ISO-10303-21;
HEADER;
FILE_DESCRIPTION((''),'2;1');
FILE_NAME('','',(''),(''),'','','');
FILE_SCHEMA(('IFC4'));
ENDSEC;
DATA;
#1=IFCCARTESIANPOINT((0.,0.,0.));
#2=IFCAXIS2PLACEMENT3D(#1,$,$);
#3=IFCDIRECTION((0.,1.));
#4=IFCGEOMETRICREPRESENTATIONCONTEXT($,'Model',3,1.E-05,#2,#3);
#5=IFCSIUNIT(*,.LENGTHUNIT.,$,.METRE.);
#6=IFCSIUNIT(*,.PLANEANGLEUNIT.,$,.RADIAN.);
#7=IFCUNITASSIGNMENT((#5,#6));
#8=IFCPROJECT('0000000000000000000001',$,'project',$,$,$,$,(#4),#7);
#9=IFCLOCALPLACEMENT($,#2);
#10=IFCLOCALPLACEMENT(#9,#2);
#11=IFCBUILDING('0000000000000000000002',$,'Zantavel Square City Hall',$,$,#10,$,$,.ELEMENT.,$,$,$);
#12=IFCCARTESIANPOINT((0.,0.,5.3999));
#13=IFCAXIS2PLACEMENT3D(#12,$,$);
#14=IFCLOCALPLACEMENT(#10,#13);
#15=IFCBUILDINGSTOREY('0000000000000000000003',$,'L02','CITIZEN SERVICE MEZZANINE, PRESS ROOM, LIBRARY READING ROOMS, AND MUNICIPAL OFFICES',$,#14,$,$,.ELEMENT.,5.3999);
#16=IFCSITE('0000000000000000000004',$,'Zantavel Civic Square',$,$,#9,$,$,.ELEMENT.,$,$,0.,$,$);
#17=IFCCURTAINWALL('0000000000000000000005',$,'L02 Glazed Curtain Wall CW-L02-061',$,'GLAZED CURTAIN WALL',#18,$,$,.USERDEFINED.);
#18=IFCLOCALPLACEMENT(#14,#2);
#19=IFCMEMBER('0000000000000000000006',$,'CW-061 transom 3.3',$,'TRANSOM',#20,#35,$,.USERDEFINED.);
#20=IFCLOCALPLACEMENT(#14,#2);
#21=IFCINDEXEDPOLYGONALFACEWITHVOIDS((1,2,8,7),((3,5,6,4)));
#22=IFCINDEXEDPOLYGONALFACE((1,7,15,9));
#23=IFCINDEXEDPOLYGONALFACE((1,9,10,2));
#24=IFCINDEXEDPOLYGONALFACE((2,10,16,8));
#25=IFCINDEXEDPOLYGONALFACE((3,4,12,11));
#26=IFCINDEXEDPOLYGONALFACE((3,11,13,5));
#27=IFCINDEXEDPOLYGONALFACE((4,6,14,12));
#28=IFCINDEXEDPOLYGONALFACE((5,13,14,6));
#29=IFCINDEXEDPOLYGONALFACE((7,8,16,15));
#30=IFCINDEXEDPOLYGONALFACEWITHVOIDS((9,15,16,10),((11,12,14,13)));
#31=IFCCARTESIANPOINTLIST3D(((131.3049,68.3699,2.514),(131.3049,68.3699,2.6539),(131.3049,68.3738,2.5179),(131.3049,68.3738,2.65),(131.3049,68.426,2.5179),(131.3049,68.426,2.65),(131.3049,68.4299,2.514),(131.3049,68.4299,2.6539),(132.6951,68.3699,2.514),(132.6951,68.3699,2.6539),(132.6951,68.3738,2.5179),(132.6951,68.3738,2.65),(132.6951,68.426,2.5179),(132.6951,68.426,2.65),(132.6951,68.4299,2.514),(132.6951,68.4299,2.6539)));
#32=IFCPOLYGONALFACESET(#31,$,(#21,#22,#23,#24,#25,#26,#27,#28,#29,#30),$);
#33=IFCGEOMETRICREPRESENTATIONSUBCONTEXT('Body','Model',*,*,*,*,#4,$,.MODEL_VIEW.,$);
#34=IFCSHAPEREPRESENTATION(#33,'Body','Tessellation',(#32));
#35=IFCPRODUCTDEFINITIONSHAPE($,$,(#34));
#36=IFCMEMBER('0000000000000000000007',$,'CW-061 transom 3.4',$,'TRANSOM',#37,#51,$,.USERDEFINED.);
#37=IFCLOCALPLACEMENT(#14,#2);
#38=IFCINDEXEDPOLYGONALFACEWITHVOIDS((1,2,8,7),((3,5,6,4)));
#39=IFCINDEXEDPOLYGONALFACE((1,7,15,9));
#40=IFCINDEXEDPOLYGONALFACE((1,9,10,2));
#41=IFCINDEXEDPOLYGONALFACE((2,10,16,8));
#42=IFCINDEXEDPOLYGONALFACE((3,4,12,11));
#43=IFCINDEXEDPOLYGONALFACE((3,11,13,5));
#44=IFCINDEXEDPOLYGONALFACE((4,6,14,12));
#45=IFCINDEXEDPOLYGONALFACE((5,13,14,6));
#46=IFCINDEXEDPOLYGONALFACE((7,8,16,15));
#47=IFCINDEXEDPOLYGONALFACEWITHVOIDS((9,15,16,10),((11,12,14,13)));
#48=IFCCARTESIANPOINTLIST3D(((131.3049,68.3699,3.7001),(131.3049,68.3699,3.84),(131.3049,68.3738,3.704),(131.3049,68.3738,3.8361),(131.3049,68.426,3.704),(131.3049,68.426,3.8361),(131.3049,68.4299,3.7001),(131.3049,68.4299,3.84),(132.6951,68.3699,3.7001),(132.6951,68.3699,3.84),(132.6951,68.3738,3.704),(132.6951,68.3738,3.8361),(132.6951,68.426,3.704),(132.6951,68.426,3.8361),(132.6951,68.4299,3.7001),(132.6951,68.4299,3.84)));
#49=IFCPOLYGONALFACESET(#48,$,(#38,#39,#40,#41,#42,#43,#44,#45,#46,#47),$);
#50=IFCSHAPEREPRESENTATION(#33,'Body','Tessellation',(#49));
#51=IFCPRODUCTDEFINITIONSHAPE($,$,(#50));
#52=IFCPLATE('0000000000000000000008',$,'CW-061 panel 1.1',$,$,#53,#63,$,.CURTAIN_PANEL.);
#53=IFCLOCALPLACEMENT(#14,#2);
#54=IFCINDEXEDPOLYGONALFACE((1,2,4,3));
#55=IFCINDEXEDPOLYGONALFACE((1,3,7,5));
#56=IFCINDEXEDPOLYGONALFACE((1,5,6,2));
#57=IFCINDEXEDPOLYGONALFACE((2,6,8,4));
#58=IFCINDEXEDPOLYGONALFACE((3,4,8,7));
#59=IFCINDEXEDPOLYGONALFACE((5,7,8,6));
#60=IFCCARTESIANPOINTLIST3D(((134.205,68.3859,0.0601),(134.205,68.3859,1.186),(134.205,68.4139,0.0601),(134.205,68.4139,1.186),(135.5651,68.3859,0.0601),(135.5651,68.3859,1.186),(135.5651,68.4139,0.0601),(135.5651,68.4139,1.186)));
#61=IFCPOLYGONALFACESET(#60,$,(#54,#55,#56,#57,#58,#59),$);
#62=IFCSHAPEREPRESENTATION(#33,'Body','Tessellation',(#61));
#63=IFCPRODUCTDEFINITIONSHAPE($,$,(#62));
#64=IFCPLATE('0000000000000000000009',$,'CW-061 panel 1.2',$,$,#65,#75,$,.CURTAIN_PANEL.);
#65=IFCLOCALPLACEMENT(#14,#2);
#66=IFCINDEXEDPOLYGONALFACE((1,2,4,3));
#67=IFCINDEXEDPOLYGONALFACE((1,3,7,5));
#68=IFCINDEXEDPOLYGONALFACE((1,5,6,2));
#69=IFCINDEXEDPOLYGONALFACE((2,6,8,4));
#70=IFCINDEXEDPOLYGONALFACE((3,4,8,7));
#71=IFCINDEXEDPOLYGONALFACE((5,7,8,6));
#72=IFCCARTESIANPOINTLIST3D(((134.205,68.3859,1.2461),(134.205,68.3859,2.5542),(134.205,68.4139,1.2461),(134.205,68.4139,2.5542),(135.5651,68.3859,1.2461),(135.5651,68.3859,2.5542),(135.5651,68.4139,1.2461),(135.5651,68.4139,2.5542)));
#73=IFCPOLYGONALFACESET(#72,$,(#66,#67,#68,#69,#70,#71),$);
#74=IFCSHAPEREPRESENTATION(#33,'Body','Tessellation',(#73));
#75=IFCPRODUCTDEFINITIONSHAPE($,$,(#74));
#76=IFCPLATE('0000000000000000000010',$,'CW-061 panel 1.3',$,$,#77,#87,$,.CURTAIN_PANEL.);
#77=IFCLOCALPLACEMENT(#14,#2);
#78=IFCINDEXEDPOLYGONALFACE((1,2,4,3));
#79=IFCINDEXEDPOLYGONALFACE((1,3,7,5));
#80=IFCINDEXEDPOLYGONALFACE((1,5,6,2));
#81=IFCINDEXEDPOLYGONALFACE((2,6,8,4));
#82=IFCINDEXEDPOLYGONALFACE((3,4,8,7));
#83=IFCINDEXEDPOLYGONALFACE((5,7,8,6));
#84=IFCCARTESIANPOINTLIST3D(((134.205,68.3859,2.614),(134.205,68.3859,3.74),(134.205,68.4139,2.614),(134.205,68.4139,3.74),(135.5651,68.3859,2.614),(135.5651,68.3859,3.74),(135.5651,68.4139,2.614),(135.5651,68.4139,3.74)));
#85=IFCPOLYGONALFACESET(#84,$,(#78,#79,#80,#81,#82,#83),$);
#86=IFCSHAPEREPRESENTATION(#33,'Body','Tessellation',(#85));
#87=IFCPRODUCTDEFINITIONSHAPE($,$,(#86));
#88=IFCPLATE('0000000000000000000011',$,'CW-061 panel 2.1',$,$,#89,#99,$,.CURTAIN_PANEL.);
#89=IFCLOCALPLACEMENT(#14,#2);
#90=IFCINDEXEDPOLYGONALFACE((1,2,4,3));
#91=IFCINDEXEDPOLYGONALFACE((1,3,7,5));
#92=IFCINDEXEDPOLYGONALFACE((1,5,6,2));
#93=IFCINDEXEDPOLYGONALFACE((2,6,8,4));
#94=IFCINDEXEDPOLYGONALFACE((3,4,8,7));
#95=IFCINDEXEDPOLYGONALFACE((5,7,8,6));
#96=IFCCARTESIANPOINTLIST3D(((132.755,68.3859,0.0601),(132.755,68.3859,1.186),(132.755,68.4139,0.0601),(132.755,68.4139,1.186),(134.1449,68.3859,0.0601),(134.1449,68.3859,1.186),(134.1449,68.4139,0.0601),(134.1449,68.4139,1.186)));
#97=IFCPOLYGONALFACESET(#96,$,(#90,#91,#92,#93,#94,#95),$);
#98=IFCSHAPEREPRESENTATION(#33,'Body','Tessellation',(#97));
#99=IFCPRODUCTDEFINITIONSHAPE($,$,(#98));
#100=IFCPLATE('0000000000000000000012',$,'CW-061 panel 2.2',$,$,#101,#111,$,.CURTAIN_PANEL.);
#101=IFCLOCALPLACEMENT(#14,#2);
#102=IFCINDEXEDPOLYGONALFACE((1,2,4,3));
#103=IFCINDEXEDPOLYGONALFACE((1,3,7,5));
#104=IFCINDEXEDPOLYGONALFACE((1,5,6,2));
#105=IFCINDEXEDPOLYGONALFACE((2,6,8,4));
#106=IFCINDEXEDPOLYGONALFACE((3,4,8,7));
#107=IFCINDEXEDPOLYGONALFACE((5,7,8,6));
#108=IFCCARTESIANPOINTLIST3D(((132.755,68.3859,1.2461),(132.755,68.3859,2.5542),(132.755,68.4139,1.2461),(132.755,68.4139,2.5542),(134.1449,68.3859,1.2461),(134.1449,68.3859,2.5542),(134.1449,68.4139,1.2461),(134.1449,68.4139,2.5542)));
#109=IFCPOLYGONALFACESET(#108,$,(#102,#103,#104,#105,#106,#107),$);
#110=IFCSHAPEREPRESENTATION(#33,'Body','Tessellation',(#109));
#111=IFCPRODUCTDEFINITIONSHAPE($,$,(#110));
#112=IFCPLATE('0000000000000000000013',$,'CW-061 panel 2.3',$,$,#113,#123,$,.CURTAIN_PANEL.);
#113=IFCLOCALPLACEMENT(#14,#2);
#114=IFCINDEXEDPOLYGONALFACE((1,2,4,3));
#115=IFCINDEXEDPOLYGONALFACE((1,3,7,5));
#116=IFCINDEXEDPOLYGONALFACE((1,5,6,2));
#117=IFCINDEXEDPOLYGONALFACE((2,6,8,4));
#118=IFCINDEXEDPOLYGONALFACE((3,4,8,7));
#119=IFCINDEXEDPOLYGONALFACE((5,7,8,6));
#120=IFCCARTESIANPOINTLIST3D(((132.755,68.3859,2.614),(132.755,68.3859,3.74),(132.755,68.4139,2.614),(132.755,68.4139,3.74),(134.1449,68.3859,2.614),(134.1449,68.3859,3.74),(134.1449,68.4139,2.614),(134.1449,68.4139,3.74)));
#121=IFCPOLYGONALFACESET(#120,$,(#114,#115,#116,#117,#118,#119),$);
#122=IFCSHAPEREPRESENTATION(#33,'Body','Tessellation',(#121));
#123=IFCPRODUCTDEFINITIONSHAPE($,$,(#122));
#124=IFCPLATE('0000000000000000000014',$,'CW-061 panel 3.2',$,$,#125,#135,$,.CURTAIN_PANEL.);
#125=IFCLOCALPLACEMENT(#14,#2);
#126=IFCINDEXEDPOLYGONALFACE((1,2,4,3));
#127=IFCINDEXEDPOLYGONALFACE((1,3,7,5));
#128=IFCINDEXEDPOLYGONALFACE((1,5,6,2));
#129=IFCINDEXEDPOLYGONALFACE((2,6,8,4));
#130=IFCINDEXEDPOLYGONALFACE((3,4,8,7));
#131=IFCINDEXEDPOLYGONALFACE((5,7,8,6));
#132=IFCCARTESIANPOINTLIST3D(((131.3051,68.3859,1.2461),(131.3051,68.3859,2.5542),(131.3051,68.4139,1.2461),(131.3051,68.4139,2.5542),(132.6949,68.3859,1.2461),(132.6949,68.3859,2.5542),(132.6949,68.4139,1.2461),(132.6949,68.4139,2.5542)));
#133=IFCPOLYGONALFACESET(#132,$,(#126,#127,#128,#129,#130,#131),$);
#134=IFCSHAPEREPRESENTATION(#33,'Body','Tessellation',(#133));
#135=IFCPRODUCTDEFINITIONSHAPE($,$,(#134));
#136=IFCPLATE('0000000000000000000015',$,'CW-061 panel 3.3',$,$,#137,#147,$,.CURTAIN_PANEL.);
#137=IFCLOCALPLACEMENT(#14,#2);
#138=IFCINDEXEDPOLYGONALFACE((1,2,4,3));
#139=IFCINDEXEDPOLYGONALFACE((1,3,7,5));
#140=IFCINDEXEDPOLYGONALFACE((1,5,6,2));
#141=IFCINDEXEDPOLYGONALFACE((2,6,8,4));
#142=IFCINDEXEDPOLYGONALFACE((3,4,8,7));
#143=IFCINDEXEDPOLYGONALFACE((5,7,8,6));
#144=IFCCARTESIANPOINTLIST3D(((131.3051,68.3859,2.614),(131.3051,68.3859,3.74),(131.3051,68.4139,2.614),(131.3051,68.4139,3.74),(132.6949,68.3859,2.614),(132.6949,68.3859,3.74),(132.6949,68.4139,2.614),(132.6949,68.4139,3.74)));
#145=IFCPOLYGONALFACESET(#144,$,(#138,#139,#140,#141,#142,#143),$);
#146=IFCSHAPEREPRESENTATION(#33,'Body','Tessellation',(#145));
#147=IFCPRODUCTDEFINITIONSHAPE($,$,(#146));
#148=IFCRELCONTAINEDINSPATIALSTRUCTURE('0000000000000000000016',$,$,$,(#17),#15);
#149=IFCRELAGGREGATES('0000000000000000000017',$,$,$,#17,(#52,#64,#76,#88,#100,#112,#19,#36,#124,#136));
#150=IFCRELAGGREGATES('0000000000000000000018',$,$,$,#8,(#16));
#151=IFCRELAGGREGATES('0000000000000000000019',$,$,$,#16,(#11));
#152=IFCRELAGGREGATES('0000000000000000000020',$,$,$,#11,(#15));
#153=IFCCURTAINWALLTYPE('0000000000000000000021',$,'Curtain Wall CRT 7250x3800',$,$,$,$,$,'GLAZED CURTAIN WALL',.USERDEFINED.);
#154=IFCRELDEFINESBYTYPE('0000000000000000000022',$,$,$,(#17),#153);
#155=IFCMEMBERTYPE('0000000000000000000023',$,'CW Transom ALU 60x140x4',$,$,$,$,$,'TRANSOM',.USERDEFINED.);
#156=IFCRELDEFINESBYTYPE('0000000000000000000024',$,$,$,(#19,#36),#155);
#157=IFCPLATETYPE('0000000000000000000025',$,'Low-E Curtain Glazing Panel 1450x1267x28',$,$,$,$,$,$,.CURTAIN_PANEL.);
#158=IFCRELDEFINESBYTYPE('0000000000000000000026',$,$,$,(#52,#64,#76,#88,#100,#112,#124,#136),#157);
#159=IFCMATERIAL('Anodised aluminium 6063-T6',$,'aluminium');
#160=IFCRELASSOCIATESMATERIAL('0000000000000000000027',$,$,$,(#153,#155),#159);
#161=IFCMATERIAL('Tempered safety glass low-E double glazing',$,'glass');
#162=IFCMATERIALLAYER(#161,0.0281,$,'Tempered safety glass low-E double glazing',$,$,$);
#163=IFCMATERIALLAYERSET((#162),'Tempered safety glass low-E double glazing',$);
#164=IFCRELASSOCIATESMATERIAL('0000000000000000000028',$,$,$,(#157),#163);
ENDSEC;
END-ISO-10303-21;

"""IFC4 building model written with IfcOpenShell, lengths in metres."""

from ifc_helpers import new_model, si_unit, direction, frame, origin, origin_2d, place, context, subcontext, project, spatial, rectangle, hollow_rectangle, extrude, material, layer, layer_set, material_profile, profile_set, type_object, element, aggregate, save


model = new_model("IFC4")

# Units and contexts
model_context = context("Model", 3, precision=1e-05, world=origin(), true_north=direction((0.0, 1.0)))
body_context = subcontext(model_context, "Body", "Model", "MODEL_VIEW")
ifc_project = project(units=[si_unit("LENGTHUNIT", "METRE"), si_unit("PLANEANGLEUNIT", "RADIAN")], contexts=[model_context])

# Site, building, storey
site_placement = place(None, origin())
site = spatial("IfcSite", under=ifc_project, at=site_placement, Name="Zantavel Civic Square", CompositionType="ELEMENT", RefElevation=0.0)
building_placement = place(site_placement, origin())
building = spatial("IfcBuilding", under=site, at=building_placement, Name="Zantavel Square City Hall", CompositionType="ELEMENT")
storey_placement = place(building_placement, frame((0.0, 0.0, 5.3999)))
storey = spatial("IfcBuildingStorey", under=building, at=storey_placement, Name="L02", Description="CITIZEN SERVICE MEZZANINE, PRESS ROOM, LIBRARY READING ROOMS, AND MUNICIPAL OFFICES", CompositionType="ELEMENT", Elevation=5.3999)

# Curtain wall, members, plates
ifc_material_1 = material(Name="Anodised aluminium 6063-T6", Category="aluminium")
curtain_wall_type = type_object("IfcCurtainWallType", Name="Curtain Wall CRT 7250x3800", ElementType="GLAZED CURTAIN WALL", PredefinedType="USERDEFINED", material=ifc_material_1)
curtain_wall_placement = place(storey_placement, origin())
curtain_wall = element("IfcCurtainWall", 1, at=curtain_wall_placement, inside=storey, type_object=curtain_wall_type, Name="L02 Glazed Curtain Wall CW-L02-061", ObjectType="GLAZED CURTAIN WALL", PredefinedType="USERDEFINED")
ifc_material_profile_1 = material_profile(ifc_material_1, hollow_rectangle(XDim=0.0601, YDim=0.1399, WallThickness=0.0039, at=origin_2d()), Name="ALU 60x140x4")
ifc_profile_set_1 = profile_set([ifc_material_profile_1], Name="Anodised aluminium 6063-T6")
member_type_1 = type_object("IfcMemberType", Name="CW Transom ALU 60x140x4", ElementType="TRANSOM", PredefinedType="USERDEFINED", material=ifc_profile_set_1)
member_1_placement = place(storey_placement, frame((132.6951, 68.3999, 2.584), z_axis=(-1.0, 0.0, 0.0), x_axis=(0.0, -1.0, 0.0)))
member_1 = element("IfcMember", 2, at=member_1_placement, type_object=member_type_1, Name="CW-061 transom 3.3", ObjectType="TRANSOM", PredefinedType="USERDEFINED", context=body_context, shape_type="SweptSolid", body=[
    extrude(hollow_rectangle(XDim=0.0601, YDim=0.1399, WallThickness=0.0039, at=origin_2d()), origin(), (0.0, 0.0, 1.0), 1.3901),
])
member_2_placement = place(storey_placement, frame((132.6951, 68.3999, 3.77), z_axis=(-1.0, 0.0, 0.0), x_axis=(0.0, -1.0, 0.0)))
member_2 = element("IfcMember", 3, at=member_2_placement, type_object=member_type_1, Name="CW-061 transom 3.4", ObjectType="TRANSOM", PredefinedType="USERDEFINED", context=body_context, shape_type="SweptSolid", body=[
    extrude(hollow_rectangle(XDim=0.0601, YDim=0.1399, WallThickness=0.0039, at=origin_2d()), origin(), (0.0, 0.0, 1.0), 1.3901),
])
ifc_material_2 = material(Name="Tempered safety glass low-E double glazing", Category="glass")
ifc_layer = layer(ifc_material_2, 0.0281, Name="Tempered safety glass low-E double glazing")
ifc_layer_set = layer_set([ifc_layer], Name="Tempered safety glass low-E double glazing")
plate_type = type_object("IfcPlateType", Name="Low-E Curtain Glazing Panel 1450x1267x28", PredefinedType="CURTAIN_PANEL", material=ifc_layer_set)
plate_1_placement = place(storey_placement, frame((134.885, 68.3999, 0.0601), z_axis=(0.0, 0.0, 1.0), x_axis=(-1.0, 0.0, 0.0)))
plate_1 = element("IfcPlate", 4, at=plate_1_placement, type_object=plate_type, Name="CW-061 panel 1.1", PredefinedType="CURTAIN_PANEL", context=body_context, shape_type="SweptSolid", body=[
    extrude(rectangle(XDim=1.3601, YDim=0.0281, at=origin_2d()), origin(), (0.0, 0.0, 1.0), 1.126),
])
plate_2_placement = place(storey_placement, frame((134.885, 68.3999, 1.2461), z_axis=(0.0, 0.0, 1.0), x_axis=(-1.0, 0.0, 0.0)))
plate_2 = element("IfcPlate", 5, at=plate_2_placement, type_object=plate_type, Name="CW-061 panel 1.2", PredefinedType="CURTAIN_PANEL", context=body_context, shape_type="SweptSolid", body=[
    extrude(rectangle(XDim=1.3601, YDim=0.0281, at=origin_2d()), origin(), (0.0, 0.0, 1.0), 1.3081),
])
plate_3_placement = place(storey_placement, frame((134.885, 68.3999, 2.614), z_axis=(0.0, 0.0, 1.0), x_axis=(-1.0, 0.0, 0.0)))
plate_3 = element("IfcPlate", 6, at=plate_3_placement, type_object=plate_type, Name="CW-061 panel 1.3", PredefinedType="CURTAIN_PANEL", context=body_context, shape_type="SweptSolid", body=[
    extrude(rectangle(XDim=1.3601, YDim=0.0281, at=origin_2d()), origin(), (0.0, 0.0, 1.0), 1.126),
])
plate_4_placement = place(storey_placement, frame((133.45, 68.3999, 0.0601), z_axis=(0.0, 0.0, 1.0), x_axis=(-1.0, 0.0, 0.0)))
plate_4 = element("IfcPlate", 7, at=plate_4_placement, type_object=plate_type, Name="CW-061 panel 2.1", PredefinedType="CURTAIN_PANEL", context=body_context, shape_type="SweptSolid", body=[
    extrude(rectangle(XDim=1.3899, YDim=0.0281, at=origin_2d()), origin(), (0.0, 0.0, 1.0), 1.126),
])
plate_5_placement = place(storey_placement, frame((133.45, 68.3999, 1.2461), z_axis=(0.0, 0.0, 1.0), x_axis=(-1.0, 0.0, 0.0)))
plate_5 = element("IfcPlate", 8, at=plate_5_placement, type_object=plate_type, Name="CW-061 panel 2.2", PredefinedType="CURTAIN_PANEL", context=body_context, shape_type="SweptSolid", body=[
    extrude(rectangle(XDim=1.3899, YDim=0.0281, at=origin_2d()), origin(), (0.0, 0.0, 1.0), 1.3081),
])
plate_6_placement = place(storey_placement, frame((133.45, 68.3999, 2.614), z_axis=(0.0, 0.0, 1.0), x_axis=(-1.0, 0.0, 0.0)))
plate_6 = element("IfcPlate", 9, at=plate_6_placement, type_object=plate_type, Name="CW-061 panel 2.3", PredefinedType="CURTAIN_PANEL", context=body_context, shape_type="SweptSolid", body=[
    extrude(rectangle(XDim=1.3899, YDim=0.0281, at=origin_2d()), origin(), (0.0, 0.0, 1.0), 1.126),
])
plate_7_placement = place(storey_placement, frame((132.0, 68.3999, 1.2461), z_axis=(0.0, 0.0, 1.0), x_axis=(-1.0, 0.0, 0.0)))
plate_7 = element("IfcPlate", 10, at=plate_7_placement, type_object=plate_type, Name="CW-061 panel 3.2", PredefinedType="CURTAIN_PANEL", context=body_context, shape_type="SweptSolid", body=[
    extrude(rectangle(XDim=1.3899, YDim=0.0281, at=origin_2d()), origin(), (0.0, 0.0, 1.0), 1.3081),
])
plate_8_placement = place(storey_placement, frame((132.0, 68.3999, 2.614), z_axis=(0.0, 0.0, 1.0), x_axis=(-1.0, 0.0, 0.0)))
plate_8 = element("IfcPlate", 11, at=plate_8_placement, type_object=plate_type, Name="CW-061 panel 3.3", PredefinedType="CURTAIN_PANEL", context=body_context, shape_type="SweptSolid", body=[
    extrude(rectangle(XDim=1.3899, YDim=0.0281, at=origin_2d()), origin(), (0.0, 0.0, 1.0), 1.126),
])
aggregate(curtain_wall, [plate_1, plate_2, plate_3, plate_4, plate_5, plate_6, member_1, member_2, plate_7, plate_8])

save(model, "model.ifc")
